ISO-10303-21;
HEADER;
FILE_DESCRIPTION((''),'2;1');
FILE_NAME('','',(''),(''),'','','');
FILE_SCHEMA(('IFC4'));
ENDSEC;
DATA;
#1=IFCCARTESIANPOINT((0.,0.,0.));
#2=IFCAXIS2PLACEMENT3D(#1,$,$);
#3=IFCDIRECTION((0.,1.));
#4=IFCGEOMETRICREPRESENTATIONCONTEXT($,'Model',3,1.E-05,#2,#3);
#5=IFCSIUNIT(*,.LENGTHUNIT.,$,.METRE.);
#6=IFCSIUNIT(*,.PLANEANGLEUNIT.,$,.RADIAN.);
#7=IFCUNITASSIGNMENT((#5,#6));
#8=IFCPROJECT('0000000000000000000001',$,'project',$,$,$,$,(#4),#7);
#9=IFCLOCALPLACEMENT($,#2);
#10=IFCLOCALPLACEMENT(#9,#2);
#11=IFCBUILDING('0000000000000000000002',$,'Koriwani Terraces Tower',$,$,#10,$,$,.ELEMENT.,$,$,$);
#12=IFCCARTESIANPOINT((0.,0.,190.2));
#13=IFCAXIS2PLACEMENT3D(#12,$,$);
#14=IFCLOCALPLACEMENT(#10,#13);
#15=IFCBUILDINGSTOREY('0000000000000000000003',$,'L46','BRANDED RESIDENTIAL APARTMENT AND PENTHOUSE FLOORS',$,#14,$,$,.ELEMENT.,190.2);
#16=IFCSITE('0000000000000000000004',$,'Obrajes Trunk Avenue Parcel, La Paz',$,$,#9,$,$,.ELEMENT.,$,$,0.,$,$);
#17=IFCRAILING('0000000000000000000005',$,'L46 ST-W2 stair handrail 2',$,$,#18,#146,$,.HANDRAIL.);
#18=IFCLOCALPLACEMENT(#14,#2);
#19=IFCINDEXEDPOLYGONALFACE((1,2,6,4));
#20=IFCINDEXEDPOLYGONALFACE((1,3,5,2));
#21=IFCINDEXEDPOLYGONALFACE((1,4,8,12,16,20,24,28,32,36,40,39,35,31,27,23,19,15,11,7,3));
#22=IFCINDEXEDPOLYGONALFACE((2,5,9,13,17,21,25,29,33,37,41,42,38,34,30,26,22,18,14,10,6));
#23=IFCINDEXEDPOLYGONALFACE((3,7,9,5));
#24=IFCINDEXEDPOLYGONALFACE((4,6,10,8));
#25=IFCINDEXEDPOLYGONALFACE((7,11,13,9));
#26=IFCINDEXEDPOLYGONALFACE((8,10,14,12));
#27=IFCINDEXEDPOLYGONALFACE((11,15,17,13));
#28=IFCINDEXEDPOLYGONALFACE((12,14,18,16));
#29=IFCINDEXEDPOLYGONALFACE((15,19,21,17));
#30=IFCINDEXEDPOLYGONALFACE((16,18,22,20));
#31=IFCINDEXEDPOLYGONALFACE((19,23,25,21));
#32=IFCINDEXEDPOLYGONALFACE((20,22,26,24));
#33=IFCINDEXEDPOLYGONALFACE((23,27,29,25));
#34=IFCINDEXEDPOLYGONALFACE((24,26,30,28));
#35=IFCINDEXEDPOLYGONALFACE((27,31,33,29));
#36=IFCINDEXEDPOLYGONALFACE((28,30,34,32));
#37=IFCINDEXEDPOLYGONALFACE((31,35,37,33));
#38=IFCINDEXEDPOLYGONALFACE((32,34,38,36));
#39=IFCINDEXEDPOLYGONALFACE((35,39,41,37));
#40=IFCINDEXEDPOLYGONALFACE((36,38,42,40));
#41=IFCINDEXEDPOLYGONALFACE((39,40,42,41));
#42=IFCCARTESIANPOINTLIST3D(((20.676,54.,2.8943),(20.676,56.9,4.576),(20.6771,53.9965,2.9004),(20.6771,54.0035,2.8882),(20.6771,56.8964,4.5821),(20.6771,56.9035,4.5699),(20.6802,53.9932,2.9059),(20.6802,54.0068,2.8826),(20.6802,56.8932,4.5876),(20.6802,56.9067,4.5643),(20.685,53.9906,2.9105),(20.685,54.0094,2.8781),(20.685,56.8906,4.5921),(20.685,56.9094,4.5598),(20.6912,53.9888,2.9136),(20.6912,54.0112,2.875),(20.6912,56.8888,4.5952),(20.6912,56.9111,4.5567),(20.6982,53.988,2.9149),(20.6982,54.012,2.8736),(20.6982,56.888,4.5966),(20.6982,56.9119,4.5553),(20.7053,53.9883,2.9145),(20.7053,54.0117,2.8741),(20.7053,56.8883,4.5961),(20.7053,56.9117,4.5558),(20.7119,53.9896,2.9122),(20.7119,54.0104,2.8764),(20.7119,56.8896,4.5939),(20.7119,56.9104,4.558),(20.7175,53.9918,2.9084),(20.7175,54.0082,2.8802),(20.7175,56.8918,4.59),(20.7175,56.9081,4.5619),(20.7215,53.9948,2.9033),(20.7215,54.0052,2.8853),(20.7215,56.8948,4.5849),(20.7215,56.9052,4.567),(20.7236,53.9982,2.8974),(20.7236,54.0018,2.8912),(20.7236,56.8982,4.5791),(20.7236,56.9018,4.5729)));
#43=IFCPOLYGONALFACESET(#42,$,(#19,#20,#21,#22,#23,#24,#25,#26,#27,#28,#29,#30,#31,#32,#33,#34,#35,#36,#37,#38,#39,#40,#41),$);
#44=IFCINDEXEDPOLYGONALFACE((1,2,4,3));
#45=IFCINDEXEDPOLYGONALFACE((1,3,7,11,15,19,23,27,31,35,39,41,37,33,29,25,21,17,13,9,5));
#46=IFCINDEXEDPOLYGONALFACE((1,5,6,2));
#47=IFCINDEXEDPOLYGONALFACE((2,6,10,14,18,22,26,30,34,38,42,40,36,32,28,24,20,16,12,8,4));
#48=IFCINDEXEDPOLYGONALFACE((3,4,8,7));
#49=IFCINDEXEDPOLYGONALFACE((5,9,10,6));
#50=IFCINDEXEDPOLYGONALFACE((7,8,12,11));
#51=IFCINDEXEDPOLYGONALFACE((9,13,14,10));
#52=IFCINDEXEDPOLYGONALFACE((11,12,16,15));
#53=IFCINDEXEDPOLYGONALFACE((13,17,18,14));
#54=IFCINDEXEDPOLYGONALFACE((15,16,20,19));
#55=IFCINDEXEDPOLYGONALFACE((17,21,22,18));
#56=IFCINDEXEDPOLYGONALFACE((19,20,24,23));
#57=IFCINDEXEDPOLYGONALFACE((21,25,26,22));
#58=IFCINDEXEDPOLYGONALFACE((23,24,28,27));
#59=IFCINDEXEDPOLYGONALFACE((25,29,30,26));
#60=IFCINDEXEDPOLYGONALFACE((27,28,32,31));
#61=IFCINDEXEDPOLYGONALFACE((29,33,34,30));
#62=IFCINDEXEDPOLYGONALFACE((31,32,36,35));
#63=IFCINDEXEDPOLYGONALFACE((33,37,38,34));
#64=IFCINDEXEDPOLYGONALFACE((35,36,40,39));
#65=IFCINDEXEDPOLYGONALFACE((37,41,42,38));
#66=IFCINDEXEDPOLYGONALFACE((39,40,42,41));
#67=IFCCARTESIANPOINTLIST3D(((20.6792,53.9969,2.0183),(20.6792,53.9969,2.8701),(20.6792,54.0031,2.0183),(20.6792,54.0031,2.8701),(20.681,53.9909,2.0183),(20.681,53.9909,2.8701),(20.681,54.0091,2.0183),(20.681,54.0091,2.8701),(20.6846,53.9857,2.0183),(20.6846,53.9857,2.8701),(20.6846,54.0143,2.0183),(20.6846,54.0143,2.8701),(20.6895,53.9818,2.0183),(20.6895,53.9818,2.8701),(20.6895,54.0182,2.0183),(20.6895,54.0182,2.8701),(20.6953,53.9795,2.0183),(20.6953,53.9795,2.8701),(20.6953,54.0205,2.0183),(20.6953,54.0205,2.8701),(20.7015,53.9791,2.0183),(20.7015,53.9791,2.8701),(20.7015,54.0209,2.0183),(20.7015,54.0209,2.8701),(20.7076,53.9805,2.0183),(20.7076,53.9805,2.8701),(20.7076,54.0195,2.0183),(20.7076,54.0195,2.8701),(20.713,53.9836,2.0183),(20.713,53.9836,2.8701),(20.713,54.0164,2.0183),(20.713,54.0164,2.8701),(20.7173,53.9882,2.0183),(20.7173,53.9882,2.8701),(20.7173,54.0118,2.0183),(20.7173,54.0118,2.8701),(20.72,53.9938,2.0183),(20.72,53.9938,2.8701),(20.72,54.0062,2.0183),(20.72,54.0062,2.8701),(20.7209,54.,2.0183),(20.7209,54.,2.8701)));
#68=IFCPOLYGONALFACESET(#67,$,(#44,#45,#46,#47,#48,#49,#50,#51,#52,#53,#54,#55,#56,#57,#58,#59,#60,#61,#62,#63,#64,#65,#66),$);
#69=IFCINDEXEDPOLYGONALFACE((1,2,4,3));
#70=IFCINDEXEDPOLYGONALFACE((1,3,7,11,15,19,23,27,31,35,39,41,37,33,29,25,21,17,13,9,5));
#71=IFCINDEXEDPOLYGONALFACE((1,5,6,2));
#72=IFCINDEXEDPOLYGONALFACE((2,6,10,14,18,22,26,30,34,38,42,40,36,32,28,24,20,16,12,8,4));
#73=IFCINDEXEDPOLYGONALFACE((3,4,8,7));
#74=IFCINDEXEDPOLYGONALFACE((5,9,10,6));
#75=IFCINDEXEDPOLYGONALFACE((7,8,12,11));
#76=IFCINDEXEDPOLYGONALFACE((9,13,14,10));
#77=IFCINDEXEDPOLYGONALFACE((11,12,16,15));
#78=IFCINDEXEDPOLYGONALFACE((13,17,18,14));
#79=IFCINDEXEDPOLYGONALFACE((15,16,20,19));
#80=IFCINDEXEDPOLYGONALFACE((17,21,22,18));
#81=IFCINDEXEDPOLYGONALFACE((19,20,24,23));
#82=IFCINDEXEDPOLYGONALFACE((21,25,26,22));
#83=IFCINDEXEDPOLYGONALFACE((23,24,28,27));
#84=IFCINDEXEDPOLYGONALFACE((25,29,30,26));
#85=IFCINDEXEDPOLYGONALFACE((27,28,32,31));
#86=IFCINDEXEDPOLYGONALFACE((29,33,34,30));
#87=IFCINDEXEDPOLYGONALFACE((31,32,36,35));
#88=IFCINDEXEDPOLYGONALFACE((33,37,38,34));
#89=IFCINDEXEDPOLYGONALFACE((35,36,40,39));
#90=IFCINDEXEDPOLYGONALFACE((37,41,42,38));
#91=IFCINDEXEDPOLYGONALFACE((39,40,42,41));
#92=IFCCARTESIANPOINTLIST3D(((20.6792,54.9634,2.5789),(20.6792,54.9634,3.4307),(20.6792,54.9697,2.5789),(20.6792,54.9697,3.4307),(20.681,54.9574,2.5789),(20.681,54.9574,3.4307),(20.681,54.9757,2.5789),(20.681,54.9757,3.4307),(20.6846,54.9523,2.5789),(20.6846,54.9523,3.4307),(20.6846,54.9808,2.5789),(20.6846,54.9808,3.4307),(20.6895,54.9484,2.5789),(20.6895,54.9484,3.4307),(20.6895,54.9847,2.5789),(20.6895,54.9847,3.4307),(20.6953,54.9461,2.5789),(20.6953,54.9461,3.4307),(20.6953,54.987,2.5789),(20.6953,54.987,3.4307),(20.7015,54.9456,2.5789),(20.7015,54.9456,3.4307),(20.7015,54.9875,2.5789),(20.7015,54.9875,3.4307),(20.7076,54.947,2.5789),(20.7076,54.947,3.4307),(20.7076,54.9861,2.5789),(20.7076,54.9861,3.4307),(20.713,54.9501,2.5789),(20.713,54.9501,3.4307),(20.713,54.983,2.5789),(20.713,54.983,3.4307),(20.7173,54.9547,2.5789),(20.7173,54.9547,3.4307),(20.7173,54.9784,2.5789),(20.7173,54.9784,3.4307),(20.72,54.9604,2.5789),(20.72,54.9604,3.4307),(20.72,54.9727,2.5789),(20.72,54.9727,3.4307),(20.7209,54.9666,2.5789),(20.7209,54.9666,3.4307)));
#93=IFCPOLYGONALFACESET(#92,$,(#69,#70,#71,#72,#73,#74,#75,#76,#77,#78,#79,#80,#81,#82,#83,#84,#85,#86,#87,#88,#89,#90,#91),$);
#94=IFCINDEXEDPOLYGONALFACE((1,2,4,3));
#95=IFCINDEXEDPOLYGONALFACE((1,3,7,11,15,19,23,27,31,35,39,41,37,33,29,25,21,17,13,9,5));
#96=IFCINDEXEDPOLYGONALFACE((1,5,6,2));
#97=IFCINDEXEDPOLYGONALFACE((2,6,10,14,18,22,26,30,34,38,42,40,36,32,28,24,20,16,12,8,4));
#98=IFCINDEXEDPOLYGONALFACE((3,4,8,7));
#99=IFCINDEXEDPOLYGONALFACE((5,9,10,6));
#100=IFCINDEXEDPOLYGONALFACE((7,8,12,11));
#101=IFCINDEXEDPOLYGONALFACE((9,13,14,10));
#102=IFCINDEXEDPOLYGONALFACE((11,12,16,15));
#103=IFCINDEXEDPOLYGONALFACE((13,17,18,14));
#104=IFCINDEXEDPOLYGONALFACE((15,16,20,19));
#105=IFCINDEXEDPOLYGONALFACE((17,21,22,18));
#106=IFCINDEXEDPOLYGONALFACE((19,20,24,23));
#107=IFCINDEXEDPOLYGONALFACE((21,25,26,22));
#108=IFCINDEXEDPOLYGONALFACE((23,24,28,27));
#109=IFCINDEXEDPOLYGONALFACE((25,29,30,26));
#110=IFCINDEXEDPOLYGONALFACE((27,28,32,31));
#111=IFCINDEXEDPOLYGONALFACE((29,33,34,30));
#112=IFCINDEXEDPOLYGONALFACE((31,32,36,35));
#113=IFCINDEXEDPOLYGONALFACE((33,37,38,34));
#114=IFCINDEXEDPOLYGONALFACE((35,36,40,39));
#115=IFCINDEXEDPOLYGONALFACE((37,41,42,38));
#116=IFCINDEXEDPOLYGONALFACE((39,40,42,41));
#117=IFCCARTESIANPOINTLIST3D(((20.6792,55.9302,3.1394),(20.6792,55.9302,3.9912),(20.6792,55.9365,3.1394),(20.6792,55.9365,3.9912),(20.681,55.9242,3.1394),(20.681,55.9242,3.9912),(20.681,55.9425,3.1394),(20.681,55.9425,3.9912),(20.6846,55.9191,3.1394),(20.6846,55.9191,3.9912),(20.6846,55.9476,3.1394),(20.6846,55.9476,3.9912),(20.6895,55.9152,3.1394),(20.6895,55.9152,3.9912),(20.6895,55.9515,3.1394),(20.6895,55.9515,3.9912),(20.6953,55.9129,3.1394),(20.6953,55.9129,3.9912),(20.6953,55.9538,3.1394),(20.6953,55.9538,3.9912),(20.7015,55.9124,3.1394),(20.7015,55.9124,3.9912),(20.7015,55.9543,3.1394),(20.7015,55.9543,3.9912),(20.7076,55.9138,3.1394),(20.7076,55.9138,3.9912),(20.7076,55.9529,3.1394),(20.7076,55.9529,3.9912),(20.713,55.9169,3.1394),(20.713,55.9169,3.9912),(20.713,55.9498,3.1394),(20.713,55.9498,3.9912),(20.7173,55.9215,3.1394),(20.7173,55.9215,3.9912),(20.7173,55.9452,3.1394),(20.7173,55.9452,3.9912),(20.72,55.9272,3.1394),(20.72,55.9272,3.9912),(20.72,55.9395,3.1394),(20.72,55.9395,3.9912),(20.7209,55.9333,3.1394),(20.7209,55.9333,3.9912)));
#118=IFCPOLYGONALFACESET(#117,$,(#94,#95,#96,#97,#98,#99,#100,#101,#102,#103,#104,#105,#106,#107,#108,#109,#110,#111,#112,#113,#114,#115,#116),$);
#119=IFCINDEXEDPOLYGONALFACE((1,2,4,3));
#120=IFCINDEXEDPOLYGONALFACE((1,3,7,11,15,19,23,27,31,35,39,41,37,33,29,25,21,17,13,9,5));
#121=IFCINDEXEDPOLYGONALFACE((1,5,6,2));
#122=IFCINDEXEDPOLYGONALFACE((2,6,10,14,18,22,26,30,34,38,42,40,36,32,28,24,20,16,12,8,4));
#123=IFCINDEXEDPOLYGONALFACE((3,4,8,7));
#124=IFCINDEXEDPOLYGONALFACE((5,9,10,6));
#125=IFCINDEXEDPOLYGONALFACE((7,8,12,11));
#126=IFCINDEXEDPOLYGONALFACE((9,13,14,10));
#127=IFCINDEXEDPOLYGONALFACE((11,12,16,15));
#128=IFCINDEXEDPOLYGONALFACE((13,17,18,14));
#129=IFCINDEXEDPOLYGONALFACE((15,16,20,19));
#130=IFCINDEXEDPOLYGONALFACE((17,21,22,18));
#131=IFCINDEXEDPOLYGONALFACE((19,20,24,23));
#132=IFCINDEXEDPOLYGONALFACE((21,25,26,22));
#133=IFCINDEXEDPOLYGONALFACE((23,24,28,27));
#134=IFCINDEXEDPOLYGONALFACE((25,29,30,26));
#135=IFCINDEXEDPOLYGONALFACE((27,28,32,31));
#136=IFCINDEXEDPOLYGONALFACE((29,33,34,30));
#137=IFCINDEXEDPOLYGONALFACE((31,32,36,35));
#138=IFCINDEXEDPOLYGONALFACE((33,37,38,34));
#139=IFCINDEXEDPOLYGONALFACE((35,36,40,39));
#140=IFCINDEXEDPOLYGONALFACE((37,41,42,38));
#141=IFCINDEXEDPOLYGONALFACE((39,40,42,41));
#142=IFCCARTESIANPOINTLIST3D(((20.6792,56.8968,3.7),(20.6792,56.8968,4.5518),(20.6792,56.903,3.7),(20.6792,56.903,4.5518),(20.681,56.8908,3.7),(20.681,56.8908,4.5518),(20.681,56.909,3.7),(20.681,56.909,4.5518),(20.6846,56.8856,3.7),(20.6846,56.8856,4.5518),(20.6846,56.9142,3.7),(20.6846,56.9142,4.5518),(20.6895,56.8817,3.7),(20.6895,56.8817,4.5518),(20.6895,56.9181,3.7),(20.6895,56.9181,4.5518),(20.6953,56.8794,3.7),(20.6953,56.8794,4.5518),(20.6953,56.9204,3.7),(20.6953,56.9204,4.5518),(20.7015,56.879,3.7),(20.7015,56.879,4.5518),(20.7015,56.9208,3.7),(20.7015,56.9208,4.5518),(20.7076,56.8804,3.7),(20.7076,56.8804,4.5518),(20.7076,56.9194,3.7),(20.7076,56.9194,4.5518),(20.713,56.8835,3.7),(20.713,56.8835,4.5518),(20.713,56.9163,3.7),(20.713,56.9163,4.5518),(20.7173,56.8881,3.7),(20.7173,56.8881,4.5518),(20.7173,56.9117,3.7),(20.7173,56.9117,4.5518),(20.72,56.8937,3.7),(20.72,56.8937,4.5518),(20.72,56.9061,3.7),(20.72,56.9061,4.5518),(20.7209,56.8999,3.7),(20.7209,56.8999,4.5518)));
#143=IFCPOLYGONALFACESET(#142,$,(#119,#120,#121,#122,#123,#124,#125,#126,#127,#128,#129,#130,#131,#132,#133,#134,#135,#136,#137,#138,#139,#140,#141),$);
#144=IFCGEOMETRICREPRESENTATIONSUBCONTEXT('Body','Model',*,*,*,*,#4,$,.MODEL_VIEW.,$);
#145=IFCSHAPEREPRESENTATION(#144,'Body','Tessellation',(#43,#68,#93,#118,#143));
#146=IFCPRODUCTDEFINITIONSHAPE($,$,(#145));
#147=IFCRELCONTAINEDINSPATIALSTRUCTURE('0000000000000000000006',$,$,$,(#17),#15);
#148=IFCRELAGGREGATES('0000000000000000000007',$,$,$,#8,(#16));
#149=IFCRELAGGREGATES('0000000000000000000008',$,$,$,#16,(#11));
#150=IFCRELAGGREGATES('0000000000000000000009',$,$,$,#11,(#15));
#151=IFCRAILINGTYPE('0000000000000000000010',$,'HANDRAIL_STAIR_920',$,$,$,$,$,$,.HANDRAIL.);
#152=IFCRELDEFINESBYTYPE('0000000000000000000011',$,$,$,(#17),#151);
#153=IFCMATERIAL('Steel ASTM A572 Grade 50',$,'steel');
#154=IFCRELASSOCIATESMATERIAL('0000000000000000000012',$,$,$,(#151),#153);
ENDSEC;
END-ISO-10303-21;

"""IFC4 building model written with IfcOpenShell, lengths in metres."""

from ifc_helpers import new_model, si_unit, direction, frame, origin, origin_2d, place, context, subcontext, project, spatial, circle, extrude, material, type_object, element, save


model = new_model("IFC4")

# Units and contexts
model_context = context("Model", 3, precision=1e-05, world=origin(), true_north=direction((0.0, 1.0)))
body_context = subcontext(model_context, "Body", "Model", "MODEL_VIEW")
ifc_project = project(units=[si_unit("LENGTHUNIT", "METRE"), si_unit("PLANEANGLEUNIT", "RADIAN")], contexts=[model_context])

# Site, building, storey
site_placement = place(None, origin())
site = spatial("IfcSite", under=ifc_project, at=site_placement, Name="Obrajes Trunk Avenue Parcel, La Paz", CompositionType="ELEMENT", RefElevation=0.0)
building_placement = place(site_placement, origin())
building = spatial("IfcBuilding", under=site, at=building_placement, Name="Koriwani Terraces Tower", CompositionType="ELEMENT")
storey_placement = place(building_placement, frame((0.0, 0.0, 190.2)))
storey = spatial("IfcBuildingStorey", under=building, at=storey_placement, Name="L46", Description="BRANDED RESIDENTIAL APARTMENT AND PENTHOUSE FLOORS", CompositionType="ELEMENT", Elevation=190.2)

# Shared definitions
ifc_material_1 = material(Name="Steel ASTM A572 Grade 50", Category="steel")

# Railing
railing_type_1 = type_object("IfcRailingType", Name="HANDRAIL_STAIR_920", PredefinedType="HANDRAIL", material=ifc_material_1)
railing_1_placement = place(storey_placement, frame((20.7, 54.0, 2.0183)))
element("IfcRailing", 1, at=railing_1_placement, inside=storey, type_object=railing_type_1, Name="L46 ST-W2 stair handrail 2", PredefinedType="HANDRAIL", context=body_context, shape_type="SweptSolid", body=[
    extrude(circle(Radius=0.0239, at=origin_2d()), frame((0.0, 0.0, 0.876), z_axis=(0.0, 0.86507, 0.501651), x_axis=(-1.0, 0.0, 0.0)), (0.0, 0.0, 1.0), 3.3523),
    extrude(circle(Radius=0.021, at=origin_2d()), origin(), (0.0, 0.0, 1.0), 0.8518),
    extrude(circle(Radius=0.021, at=origin_2d()), frame((0.0, 0.9666, 0.5605)), (0.0, 0.0, 1.0), 0.8518),
    extrude(circle(Radius=0.021, at=origin_2d()), frame((0.0, 1.9333, 1.1211)), (0.0, 0.0, 1.0), 0.8518),
    extrude(circle(Radius=0.021, at=origin_2d()), frame((0.0, 2.8999, 1.6816)), (0.0, 0.0, 1.0), 0.8518),
])

save(model, "model.ifc")
